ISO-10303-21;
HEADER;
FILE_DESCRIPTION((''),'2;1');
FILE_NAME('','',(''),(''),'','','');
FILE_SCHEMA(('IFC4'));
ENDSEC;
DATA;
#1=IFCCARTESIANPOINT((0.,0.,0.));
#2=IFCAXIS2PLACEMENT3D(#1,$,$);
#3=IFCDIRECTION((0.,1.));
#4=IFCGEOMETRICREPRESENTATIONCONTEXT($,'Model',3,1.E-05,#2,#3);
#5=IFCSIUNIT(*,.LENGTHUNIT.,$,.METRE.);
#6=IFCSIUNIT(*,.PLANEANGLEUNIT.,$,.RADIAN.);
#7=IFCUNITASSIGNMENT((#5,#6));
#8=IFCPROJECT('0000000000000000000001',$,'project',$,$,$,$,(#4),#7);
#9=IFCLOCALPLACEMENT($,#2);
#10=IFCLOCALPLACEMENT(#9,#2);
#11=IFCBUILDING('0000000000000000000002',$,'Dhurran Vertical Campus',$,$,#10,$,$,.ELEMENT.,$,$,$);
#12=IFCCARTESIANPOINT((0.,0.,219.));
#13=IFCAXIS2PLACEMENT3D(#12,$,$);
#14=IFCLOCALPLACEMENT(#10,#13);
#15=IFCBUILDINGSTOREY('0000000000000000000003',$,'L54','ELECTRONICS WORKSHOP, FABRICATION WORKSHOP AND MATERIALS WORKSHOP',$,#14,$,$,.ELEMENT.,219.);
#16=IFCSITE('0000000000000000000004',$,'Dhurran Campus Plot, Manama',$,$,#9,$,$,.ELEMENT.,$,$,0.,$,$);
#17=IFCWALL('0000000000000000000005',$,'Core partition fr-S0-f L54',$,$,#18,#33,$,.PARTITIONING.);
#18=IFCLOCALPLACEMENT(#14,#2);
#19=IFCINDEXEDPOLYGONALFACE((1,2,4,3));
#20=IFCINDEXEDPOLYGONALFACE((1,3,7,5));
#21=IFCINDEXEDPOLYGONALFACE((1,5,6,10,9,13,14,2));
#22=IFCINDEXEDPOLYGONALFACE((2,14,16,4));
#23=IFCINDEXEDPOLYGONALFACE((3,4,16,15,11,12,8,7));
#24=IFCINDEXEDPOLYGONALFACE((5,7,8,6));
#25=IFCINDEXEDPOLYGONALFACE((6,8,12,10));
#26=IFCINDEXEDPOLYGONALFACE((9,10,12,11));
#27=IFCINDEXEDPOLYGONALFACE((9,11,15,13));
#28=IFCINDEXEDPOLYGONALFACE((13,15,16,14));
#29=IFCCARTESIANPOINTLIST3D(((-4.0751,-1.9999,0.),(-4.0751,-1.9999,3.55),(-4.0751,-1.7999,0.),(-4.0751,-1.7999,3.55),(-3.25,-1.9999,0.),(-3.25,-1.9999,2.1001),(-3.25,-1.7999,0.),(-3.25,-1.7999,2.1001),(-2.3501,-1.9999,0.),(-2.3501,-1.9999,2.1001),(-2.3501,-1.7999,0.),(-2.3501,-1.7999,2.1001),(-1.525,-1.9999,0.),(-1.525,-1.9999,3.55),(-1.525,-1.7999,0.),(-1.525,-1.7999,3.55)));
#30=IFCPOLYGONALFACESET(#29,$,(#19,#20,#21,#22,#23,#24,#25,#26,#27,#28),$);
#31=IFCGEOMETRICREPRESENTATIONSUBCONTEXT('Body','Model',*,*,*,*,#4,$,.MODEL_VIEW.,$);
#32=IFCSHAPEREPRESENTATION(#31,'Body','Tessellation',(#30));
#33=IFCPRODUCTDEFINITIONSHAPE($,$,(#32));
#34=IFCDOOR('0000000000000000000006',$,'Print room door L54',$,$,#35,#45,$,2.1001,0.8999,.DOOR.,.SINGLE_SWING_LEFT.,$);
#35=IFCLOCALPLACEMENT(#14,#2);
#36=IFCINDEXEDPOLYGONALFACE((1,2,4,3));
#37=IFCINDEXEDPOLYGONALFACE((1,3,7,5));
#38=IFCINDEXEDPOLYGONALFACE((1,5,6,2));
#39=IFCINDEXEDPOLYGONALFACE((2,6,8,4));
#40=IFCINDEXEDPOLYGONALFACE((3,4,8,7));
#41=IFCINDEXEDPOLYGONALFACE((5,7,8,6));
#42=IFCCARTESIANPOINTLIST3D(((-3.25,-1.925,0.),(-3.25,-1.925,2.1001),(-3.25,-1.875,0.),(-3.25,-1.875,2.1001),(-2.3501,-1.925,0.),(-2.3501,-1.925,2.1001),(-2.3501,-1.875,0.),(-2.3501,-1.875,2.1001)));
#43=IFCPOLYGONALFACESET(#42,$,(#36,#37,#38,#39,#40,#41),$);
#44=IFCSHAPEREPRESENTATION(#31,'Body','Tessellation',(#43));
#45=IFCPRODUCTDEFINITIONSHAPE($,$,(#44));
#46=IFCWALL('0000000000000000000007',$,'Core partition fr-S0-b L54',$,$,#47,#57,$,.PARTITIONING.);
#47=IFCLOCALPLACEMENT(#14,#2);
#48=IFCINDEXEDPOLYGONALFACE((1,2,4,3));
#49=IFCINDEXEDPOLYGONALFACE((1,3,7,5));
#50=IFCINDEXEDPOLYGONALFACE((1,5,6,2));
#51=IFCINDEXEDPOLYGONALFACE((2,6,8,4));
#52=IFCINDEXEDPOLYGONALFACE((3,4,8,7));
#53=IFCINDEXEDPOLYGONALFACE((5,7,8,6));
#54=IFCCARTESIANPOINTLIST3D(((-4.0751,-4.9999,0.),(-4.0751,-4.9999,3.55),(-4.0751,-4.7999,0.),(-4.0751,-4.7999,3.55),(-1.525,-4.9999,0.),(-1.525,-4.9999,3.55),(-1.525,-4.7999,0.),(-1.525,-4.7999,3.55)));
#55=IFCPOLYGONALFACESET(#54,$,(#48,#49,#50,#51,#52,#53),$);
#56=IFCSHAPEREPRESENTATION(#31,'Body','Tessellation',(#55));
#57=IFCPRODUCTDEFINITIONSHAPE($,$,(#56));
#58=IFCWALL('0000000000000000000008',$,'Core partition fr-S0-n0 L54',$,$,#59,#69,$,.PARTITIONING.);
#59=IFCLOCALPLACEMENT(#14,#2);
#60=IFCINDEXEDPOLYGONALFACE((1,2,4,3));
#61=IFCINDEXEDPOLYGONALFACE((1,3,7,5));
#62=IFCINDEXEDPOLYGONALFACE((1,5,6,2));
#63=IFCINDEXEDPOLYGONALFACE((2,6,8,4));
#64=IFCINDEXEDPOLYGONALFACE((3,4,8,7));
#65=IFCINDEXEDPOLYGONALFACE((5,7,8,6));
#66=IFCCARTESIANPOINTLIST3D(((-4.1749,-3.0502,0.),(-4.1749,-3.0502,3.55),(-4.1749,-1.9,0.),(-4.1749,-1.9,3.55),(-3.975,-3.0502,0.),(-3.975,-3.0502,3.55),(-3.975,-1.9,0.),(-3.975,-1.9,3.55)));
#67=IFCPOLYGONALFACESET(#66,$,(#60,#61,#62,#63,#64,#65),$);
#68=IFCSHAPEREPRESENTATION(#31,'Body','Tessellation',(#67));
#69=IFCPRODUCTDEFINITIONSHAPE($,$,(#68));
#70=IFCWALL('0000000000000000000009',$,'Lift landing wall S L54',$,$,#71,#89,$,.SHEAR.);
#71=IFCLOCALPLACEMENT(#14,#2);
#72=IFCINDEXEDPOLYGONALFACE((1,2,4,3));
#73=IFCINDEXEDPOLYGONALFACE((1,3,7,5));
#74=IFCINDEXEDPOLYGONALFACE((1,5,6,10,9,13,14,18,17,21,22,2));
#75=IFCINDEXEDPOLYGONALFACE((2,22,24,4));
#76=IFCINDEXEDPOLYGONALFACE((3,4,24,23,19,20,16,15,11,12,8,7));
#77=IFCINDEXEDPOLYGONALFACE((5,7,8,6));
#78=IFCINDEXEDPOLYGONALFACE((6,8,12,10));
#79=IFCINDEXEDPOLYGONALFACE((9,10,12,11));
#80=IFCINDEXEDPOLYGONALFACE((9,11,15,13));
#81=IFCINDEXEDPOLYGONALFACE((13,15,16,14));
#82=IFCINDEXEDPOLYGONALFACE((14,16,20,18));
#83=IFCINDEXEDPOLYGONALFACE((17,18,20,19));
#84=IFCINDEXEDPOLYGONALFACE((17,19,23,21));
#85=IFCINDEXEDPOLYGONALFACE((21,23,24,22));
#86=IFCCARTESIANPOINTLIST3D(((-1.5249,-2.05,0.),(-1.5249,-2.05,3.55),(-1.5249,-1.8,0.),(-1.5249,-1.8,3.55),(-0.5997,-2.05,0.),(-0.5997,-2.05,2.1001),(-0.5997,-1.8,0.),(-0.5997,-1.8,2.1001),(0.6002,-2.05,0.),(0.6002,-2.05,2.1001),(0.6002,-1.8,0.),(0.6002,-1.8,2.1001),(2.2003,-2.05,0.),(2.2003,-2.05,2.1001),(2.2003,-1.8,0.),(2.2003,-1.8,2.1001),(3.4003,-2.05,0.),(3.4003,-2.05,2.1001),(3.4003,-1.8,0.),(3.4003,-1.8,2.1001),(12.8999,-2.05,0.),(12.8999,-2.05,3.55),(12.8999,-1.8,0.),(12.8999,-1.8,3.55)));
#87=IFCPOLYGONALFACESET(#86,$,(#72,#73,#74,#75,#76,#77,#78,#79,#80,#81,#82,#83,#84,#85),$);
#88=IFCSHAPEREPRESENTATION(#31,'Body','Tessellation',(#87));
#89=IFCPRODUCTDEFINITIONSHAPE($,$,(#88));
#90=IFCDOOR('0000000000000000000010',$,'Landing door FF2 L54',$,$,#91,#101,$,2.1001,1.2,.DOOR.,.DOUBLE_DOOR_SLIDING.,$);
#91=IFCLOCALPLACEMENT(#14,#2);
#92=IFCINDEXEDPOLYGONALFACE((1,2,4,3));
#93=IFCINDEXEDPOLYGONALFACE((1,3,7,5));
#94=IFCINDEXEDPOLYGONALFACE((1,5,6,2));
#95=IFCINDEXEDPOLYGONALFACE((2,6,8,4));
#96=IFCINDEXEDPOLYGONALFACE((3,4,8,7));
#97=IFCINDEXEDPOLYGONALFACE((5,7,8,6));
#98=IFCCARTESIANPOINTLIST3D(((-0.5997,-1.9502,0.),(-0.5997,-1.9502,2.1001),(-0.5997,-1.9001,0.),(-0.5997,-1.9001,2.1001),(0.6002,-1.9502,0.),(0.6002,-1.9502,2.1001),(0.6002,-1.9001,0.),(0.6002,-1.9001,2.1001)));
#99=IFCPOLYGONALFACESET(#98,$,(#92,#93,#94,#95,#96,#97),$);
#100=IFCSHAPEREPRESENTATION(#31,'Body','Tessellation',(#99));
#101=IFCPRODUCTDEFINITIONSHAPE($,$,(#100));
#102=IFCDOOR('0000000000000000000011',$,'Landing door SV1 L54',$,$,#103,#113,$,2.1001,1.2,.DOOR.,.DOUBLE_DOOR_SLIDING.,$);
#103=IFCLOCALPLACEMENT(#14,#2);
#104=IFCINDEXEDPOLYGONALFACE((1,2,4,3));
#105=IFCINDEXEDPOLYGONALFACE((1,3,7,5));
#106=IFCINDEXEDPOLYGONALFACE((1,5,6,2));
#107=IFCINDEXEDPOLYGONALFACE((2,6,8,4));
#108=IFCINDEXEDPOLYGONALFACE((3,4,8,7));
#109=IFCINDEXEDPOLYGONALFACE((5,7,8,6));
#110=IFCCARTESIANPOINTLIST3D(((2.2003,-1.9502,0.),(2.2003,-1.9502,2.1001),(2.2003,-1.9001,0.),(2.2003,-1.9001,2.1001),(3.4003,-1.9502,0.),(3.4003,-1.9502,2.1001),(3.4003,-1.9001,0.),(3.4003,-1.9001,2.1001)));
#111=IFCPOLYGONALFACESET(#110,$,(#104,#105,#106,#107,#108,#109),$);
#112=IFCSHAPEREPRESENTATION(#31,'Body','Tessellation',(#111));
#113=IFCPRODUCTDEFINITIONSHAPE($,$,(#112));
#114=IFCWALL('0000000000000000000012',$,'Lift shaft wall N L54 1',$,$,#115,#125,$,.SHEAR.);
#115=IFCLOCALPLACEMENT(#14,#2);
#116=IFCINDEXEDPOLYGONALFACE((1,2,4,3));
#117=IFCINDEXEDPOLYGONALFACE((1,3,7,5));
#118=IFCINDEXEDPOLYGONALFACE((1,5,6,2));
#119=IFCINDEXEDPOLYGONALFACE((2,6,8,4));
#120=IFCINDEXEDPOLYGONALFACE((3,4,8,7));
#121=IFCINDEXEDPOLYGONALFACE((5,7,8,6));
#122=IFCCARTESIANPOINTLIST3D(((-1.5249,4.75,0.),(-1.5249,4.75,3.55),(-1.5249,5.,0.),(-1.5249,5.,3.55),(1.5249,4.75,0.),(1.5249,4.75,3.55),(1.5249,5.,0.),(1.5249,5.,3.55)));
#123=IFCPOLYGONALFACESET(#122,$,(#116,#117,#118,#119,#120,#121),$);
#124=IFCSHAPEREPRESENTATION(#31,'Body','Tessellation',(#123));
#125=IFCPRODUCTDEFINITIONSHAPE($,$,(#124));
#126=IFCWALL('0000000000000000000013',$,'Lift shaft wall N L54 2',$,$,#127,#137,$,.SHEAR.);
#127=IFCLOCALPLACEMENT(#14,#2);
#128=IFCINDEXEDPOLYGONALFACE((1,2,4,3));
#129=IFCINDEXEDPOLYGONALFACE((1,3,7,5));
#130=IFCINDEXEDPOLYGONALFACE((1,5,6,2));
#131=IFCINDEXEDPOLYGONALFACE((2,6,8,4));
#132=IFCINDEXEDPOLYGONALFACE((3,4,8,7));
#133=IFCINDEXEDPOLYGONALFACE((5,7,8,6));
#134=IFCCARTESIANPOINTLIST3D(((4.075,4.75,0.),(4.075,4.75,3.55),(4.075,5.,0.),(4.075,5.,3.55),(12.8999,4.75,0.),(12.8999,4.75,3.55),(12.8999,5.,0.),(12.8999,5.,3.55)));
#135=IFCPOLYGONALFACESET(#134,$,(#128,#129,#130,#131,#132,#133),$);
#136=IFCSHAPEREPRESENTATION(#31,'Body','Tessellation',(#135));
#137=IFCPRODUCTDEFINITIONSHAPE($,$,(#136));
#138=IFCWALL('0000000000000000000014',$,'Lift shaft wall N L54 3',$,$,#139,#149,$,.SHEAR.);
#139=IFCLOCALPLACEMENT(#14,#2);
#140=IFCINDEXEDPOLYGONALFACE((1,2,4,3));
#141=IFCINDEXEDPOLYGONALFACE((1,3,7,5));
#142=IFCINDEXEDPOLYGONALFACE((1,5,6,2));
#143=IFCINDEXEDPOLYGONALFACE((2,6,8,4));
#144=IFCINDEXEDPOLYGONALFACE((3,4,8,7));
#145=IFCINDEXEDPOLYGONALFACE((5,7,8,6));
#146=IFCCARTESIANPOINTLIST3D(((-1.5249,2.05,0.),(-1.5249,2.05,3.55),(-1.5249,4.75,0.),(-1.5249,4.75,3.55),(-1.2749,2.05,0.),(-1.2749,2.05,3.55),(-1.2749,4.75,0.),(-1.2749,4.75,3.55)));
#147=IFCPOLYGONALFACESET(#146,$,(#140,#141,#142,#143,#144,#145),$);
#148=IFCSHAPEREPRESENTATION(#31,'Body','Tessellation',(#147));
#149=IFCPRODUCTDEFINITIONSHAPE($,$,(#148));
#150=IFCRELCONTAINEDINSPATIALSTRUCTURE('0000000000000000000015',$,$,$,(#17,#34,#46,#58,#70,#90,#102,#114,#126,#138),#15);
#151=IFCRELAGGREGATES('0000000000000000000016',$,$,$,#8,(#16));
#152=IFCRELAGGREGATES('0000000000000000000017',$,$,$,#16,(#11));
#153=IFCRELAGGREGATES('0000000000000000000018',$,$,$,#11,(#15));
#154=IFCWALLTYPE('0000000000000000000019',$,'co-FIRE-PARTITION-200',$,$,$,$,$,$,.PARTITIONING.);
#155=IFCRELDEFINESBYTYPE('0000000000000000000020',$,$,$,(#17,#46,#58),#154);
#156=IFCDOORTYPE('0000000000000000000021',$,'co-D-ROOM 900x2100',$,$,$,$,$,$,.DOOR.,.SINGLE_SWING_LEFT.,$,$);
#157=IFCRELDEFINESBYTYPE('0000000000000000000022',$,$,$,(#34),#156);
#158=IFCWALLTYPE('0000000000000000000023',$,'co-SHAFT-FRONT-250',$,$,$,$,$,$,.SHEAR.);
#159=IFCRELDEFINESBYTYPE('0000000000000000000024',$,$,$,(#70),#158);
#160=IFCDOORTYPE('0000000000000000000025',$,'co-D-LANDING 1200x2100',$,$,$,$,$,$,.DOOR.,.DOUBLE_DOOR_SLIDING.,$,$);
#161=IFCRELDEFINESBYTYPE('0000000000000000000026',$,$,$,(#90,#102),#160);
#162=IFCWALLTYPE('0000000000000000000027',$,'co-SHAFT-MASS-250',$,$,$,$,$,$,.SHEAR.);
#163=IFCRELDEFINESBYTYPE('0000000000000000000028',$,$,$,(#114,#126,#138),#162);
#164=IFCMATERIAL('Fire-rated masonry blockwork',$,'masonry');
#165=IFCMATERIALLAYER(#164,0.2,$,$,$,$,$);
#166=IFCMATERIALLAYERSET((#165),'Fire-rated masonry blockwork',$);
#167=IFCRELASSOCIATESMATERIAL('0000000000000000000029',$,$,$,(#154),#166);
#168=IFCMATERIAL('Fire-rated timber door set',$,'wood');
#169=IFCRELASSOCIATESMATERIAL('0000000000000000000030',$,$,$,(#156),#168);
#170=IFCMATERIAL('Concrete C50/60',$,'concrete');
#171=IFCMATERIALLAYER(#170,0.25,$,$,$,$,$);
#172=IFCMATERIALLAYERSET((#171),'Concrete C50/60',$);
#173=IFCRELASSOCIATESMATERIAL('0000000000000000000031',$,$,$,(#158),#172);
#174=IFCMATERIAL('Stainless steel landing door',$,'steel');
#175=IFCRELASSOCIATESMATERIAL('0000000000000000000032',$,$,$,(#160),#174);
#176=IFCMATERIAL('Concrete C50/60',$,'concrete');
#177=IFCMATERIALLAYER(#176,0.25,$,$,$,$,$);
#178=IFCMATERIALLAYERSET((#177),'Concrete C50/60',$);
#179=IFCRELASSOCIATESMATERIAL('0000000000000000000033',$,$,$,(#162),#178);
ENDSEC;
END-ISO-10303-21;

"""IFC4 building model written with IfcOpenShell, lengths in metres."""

from ifc_helpers import new_model, si_unit, direction, frame, frame_2d, origin, place, context, subcontext, project, spatial, polyline, rectangle, outline, extrude, material, layer, layer_set, type_object, element, fill, save


model = new_model("IFC4")

# Units and contexts
model_context = context("Model", 3, precision=1e-05, world=origin(), true_north=direction((0.0, 1.0)))
body_context = subcontext(model_context, "Body", "Model", "MODEL_VIEW")
ifc_project = project(units=[si_unit("LENGTHUNIT", "METRE"), si_unit("PLANEANGLEUNIT", "RADIAN")], contexts=[model_context])

# Site, building, storey
site_placement = place(None, origin())
site = spatial("IfcSite", under=ifc_project, at=site_placement, Name="Dhurran Campus Plot, Manama", CompositionType="ELEMENT", RefElevation=0.0)
building_placement = place(site_placement, origin())
building = spatial("IfcBuilding", under=site, at=building_placement, Name="Dhurran Vertical Campus", CompositionType="ELEMENT")
storey_placement = place(building_placement, frame((0.0, 0.0, 219.0)))
storey = spatial("IfcBuildingStorey", under=building, at=storey_placement, Name="L54", Description="ELECTRONICS WORKSHOP, FABRICATION WORKSHOP AND MATERIALS WORKSHOP", CompositionType="ELEMENT", Elevation=219.0)

# Shared definitions
ifc_material_1 = material(Name="Fire-rated masonry blockwork", Category="masonry")
ifc_layer_1 = layer(ifc_material_1, 0.2)
ifc_layer_set_1 = layer_set([ifc_layer_1], Name="Fire-rated masonry blockwork")
wall_type_1 = type_object("IfcWallType", Name="co-FIRE-PARTITION-200", PredefinedType="PARTITIONING", material=ifc_layer_set_1)

# Wall, opening, door
ifc_material_2 = material(Name="Fire-rated timber door set", Category="wood")
door_type_1 = type_object("IfcDoorType", Name="co-D-ROOM 900x2100", OperationType="SINGLE_SWING_LEFT", PredefinedType="DOOR", material=ifc_material_2)
wall_1_placement = place(storey_placement, frame((-4.075, -1.8999, 0.0), z_axis=(0.0, 0.0, 1.0), x_axis=(1.0, 0.0, 0.0)))
wall_1 = element("IfcWall", 1, at=wall_1_placement, inside=storey, type_object=wall_type_1, Name="Core partition fr-S0-f L54", PredefinedType="PARTITIONING", context=body_context, shape_type="SweptSolid", body=[
    extrude(rectangle(XDim=2.55, YDim=0.2, at=frame_2d((1.2749, 0.0))), origin(), (0.0, 0.0, 1.0), 3.55),
])
opening_1_placement = place(wall_1_placement, frame((0.825, 0.0, 0.0)))
opening_1 = element("IfcOpeningElement", 2, at=opening_1_placement, cuts=wall_1, PredefinedType="OPENING", context=body_context, shape_type="SweptSolid", body=[
    extrude(rectangle(XDim=0.8999, YDim=2.1001, at=frame_2d((0.45, 1.05))), frame((0.0, 0.1099, 0.0), z_axis=(0.0, -1.0, 0.0), x_axis=(1.0, 0.0, 0.0)), (0.0, 0.0, 1.0), 0.22),
])
door_1_placement = place(opening_1_placement, origin())
door_1 = element("IfcDoor", 3, at=door_1_placement, inside=storey, type_object=door_type_1, Name="Print room door L54", OperationType="SINGLE_SWING_LEFT", OverallHeight=2.1001, OverallWidth=0.8999, PredefinedType="DOOR", context=body_context, shape_type="SweptSolid", body=[
    extrude(rectangle(XDim=0.8999, YDim=2.1001, at=frame_2d((0.45, 1.05))), frame((0.0, 0.0249, 0.0), z_axis=(0.0, -1.0, 0.0), x_axis=(1.0, 0.0, 0.0)), (0.0, 0.0, 1.0), 0.05),
])
fill(opening_1, door_1)

# Walls
wall_2_placement = place(storey_placement, frame((-4.075, -4.8999, 0.0), z_axis=(0.0, 0.0, 1.0), x_axis=(1.0, 0.0, 0.0)))
element("IfcWall", 4, at=wall_2_placement, inside=storey, type_object=wall_type_1, Name="Core partition fr-S0-b L54", PredefinedType="PARTITIONING", context=body_context, shape_type="SweptSolid", body=[
    extrude(rectangle(XDim=2.55, YDim=0.2, at=frame_2d((1.2749, 0.0))), origin(), (0.0, 0.0, 1.0), 3.55),
])
wall_3_placement = place(storey_placement, frame((-4.075, -1.8999, 0.0), z_axis=(0.0, 0.0, 1.0), x_axis=(0.0, -1.0, 0.0)))
element("IfcWall", 5, at=wall_3_placement, inside=storey, type_object=wall_type_1, Name="Core partition fr-S0-n0 L54", PredefinedType="PARTITIONING", context=body_context, shape_type="SweptSolid", body=[
    extrude(rectangle(XDim=1.1501, YDim=0.2, at=frame_2d((0.5752, 0.0))), origin(), (0.0, 0.0, 1.0), 3.55),
])

# Wall, openings, doors
ifc_material_3 = material(Name="Concrete C50/60", Category="concrete")
ifc_layer_2 = layer(ifc_material_3, 0.25)
ifc_layer_set_2 = layer_set([ifc_layer_2], Name="Concrete C50/60")
wall_type_2 = type_object("IfcWallType", Name="co-SHAFT-FRONT-250", PredefinedType="SHEAR", material=ifc_layer_set_2)
wall_4_placement = place(storey_placement, frame((-1.5249, -1.925, 0.0), z_axis=(0.0, 0.0, 1.0), x_axis=(1.0, 0.0, 0.0)))
wall_4 = element("IfcWall", 6, at=wall_4_placement, inside=storey, type_object=wall_type_2, Name="Lift landing wall S L54", PredefinedType="SHEAR", context=body_context, shape_type="SweptSolid", body=[
    extrude(rectangle(XDim=14.4248, YDim=0.25, at=frame_2d((7.2124, 0.0))), origin(), (0.0, 0.0, 1.0), 3.55),
])
opening_2_placement = place(wall_4_placement, frame((0.925, 0.0, 0.0)))
opening_2 = element("IfcOpeningElement", 7, at=opening_2_placement, cuts=wall_4, PredefinedType="OPENING", context=body_context, shape_type="SweptSolid", body=[
    extrude(rectangle(XDim=1.2, YDim=2.1001, at=frame_2d((0.6001, 1.05))), frame((0.0, 0.135, 0.0), z_axis=(0.0, -1.0, 0.0), x_axis=(1.0, 0.0, 0.0)), (0.0, 0.0, 1.0), 0.27),
])
opening_3_placement = place(wall_4_placement, frame((3.7251, 0.0, 0.0)))
opening_3 = element("IfcOpeningElement", 8, at=opening_3_placement, cuts=wall_4, PredefinedType="OPENING", context=body_context, shape_type="SweptSolid", body=[
    extrude(rectangle(XDim=1.2, YDim=2.1001, at=frame_2d((0.6001, 1.05))), frame((0.0, 0.135, 0.0), z_axis=(0.0, -1.0, 0.0), x_axis=(1.0, 0.0, 0.0)), (0.0, 0.0, 1.0), 0.27),
])
ifc_material_4 = material(Name="Stainless steel landing door", Category="steel")
door_type_2 = type_object("IfcDoorType", Name="co-D-LANDING 1200x2100", OperationType="DOUBLE_DOOR_SLIDING", PredefinedType="DOOR", material=ifc_material_4)
door_2_placement = place(opening_2_placement, origin())
door_2 = element("IfcDoor", 9, at=door_2_placement, inside=storey, type_object=door_type_2, Name="Landing door FF2 L54", OperationType="DOUBLE_DOOR_SLIDING", OverallHeight=2.1001, OverallWidth=1.2, PredefinedType="DOOR", context=body_context, shape_type="SweptSolid", body=[
    extrude(rectangle(XDim=1.2, YDim=2.1001, at=frame_2d((0.6001, 1.05))), frame((0.0, 0.0249, 0.0), z_axis=(0.0, -1.0, 0.0), x_axis=(1.0, 0.0, 0.0)), (0.0, 0.0, 1.0), 0.05),
])
fill(opening_2, door_2)
door_3_placement = place(opening_3_placement, origin())
door_3 = element("IfcDoor", 10, at=door_3_placement, inside=storey, type_object=door_type_2, Name="Landing door SV1 L54", OperationType="DOUBLE_DOOR_SLIDING", OverallHeight=2.1001, OverallWidth=1.2, PredefinedType="DOOR", context=body_context, shape_type="SweptSolid", body=[
    extrude(rectangle(XDim=1.2, YDim=2.1001, at=frame_2d((0.6001, 1.05))), frame((0.0, 0.0249, 0.0), z_axis=(0.0, -1.0, 0.0), x_axis=(1.0, 0.0, 0.0)), (0.0, 0.0, 1.0), 0.05),
])
fill(opening_3, door_3)

# Walls
ifc_material_5 = material(Name="Concrete C50/60", Category="concrete")
ifc_layer_3 = layer(ifc_material_5, 0.25)
ifc_layer_set_3 = layer_set([ifc_layer_3], Name="Concrete C50/60")
wall_type_3 = type_object("IfcWallType", Name="co-SHAFT-MASS-250", PredefinedType="SHEAR", material=ifc_layer_set_3)
wall_5_placement = place(storey_placement, origin())
element("IfcWall", 11, at=wall_5_placement, inside=storey, type_object=wall_type_3, Name="Lift shaft wall N L54 1", PredefinedType="SHEAR", context=body_context, shape_type="SweptSolid", body=[
    extrude(outline(polyline([(-1.5249, 4.75), (1.5249, 4.75), (1.5249, 5.0), (-1.5249, 5.0), (-1.5249, 4.75)])), origin(), (0.0, 0.0, 1.0), 3.55),
])
wall_6_placement = place(storey_placement, origin())
element("IfcWall", 12, at=wall_6_placement, inside=storey, type_object=wall_type_3, Name="Lift shaft wall N L54 2", PredefinedType="SHEAR", context=body_context, shape_type="SweptSolid", body=[
    extrude(outline(polyline([(4.075, 4.75), (12.8999, 4.75), (12.8999, 5.0), (4.075, 5.0), (4.075, 4.75)])), origin(), (0.0, 0.0, 1.0), 3.55),
])
wall_7_placement = place(storey_placement, origin())
element("IfcWall", 13, at=wall_7_placement, inside=storey, type_object=wall_type_3, Name="Lift shaft wall N L54 3", PredefinedType="SHEAR", context=body_context, shape_type="SweptSolid", body=[
    extrude(outline(polyline([(-1.5249, 2.05), (-1.2749, 2.05), (-1.2749, 4.75), (-1.5249, 4.75), (-1.5249, 2.05)])), origin(), (0.0, 0.0, 1.0), 3.55),
])

save(model, "model.ifc")
